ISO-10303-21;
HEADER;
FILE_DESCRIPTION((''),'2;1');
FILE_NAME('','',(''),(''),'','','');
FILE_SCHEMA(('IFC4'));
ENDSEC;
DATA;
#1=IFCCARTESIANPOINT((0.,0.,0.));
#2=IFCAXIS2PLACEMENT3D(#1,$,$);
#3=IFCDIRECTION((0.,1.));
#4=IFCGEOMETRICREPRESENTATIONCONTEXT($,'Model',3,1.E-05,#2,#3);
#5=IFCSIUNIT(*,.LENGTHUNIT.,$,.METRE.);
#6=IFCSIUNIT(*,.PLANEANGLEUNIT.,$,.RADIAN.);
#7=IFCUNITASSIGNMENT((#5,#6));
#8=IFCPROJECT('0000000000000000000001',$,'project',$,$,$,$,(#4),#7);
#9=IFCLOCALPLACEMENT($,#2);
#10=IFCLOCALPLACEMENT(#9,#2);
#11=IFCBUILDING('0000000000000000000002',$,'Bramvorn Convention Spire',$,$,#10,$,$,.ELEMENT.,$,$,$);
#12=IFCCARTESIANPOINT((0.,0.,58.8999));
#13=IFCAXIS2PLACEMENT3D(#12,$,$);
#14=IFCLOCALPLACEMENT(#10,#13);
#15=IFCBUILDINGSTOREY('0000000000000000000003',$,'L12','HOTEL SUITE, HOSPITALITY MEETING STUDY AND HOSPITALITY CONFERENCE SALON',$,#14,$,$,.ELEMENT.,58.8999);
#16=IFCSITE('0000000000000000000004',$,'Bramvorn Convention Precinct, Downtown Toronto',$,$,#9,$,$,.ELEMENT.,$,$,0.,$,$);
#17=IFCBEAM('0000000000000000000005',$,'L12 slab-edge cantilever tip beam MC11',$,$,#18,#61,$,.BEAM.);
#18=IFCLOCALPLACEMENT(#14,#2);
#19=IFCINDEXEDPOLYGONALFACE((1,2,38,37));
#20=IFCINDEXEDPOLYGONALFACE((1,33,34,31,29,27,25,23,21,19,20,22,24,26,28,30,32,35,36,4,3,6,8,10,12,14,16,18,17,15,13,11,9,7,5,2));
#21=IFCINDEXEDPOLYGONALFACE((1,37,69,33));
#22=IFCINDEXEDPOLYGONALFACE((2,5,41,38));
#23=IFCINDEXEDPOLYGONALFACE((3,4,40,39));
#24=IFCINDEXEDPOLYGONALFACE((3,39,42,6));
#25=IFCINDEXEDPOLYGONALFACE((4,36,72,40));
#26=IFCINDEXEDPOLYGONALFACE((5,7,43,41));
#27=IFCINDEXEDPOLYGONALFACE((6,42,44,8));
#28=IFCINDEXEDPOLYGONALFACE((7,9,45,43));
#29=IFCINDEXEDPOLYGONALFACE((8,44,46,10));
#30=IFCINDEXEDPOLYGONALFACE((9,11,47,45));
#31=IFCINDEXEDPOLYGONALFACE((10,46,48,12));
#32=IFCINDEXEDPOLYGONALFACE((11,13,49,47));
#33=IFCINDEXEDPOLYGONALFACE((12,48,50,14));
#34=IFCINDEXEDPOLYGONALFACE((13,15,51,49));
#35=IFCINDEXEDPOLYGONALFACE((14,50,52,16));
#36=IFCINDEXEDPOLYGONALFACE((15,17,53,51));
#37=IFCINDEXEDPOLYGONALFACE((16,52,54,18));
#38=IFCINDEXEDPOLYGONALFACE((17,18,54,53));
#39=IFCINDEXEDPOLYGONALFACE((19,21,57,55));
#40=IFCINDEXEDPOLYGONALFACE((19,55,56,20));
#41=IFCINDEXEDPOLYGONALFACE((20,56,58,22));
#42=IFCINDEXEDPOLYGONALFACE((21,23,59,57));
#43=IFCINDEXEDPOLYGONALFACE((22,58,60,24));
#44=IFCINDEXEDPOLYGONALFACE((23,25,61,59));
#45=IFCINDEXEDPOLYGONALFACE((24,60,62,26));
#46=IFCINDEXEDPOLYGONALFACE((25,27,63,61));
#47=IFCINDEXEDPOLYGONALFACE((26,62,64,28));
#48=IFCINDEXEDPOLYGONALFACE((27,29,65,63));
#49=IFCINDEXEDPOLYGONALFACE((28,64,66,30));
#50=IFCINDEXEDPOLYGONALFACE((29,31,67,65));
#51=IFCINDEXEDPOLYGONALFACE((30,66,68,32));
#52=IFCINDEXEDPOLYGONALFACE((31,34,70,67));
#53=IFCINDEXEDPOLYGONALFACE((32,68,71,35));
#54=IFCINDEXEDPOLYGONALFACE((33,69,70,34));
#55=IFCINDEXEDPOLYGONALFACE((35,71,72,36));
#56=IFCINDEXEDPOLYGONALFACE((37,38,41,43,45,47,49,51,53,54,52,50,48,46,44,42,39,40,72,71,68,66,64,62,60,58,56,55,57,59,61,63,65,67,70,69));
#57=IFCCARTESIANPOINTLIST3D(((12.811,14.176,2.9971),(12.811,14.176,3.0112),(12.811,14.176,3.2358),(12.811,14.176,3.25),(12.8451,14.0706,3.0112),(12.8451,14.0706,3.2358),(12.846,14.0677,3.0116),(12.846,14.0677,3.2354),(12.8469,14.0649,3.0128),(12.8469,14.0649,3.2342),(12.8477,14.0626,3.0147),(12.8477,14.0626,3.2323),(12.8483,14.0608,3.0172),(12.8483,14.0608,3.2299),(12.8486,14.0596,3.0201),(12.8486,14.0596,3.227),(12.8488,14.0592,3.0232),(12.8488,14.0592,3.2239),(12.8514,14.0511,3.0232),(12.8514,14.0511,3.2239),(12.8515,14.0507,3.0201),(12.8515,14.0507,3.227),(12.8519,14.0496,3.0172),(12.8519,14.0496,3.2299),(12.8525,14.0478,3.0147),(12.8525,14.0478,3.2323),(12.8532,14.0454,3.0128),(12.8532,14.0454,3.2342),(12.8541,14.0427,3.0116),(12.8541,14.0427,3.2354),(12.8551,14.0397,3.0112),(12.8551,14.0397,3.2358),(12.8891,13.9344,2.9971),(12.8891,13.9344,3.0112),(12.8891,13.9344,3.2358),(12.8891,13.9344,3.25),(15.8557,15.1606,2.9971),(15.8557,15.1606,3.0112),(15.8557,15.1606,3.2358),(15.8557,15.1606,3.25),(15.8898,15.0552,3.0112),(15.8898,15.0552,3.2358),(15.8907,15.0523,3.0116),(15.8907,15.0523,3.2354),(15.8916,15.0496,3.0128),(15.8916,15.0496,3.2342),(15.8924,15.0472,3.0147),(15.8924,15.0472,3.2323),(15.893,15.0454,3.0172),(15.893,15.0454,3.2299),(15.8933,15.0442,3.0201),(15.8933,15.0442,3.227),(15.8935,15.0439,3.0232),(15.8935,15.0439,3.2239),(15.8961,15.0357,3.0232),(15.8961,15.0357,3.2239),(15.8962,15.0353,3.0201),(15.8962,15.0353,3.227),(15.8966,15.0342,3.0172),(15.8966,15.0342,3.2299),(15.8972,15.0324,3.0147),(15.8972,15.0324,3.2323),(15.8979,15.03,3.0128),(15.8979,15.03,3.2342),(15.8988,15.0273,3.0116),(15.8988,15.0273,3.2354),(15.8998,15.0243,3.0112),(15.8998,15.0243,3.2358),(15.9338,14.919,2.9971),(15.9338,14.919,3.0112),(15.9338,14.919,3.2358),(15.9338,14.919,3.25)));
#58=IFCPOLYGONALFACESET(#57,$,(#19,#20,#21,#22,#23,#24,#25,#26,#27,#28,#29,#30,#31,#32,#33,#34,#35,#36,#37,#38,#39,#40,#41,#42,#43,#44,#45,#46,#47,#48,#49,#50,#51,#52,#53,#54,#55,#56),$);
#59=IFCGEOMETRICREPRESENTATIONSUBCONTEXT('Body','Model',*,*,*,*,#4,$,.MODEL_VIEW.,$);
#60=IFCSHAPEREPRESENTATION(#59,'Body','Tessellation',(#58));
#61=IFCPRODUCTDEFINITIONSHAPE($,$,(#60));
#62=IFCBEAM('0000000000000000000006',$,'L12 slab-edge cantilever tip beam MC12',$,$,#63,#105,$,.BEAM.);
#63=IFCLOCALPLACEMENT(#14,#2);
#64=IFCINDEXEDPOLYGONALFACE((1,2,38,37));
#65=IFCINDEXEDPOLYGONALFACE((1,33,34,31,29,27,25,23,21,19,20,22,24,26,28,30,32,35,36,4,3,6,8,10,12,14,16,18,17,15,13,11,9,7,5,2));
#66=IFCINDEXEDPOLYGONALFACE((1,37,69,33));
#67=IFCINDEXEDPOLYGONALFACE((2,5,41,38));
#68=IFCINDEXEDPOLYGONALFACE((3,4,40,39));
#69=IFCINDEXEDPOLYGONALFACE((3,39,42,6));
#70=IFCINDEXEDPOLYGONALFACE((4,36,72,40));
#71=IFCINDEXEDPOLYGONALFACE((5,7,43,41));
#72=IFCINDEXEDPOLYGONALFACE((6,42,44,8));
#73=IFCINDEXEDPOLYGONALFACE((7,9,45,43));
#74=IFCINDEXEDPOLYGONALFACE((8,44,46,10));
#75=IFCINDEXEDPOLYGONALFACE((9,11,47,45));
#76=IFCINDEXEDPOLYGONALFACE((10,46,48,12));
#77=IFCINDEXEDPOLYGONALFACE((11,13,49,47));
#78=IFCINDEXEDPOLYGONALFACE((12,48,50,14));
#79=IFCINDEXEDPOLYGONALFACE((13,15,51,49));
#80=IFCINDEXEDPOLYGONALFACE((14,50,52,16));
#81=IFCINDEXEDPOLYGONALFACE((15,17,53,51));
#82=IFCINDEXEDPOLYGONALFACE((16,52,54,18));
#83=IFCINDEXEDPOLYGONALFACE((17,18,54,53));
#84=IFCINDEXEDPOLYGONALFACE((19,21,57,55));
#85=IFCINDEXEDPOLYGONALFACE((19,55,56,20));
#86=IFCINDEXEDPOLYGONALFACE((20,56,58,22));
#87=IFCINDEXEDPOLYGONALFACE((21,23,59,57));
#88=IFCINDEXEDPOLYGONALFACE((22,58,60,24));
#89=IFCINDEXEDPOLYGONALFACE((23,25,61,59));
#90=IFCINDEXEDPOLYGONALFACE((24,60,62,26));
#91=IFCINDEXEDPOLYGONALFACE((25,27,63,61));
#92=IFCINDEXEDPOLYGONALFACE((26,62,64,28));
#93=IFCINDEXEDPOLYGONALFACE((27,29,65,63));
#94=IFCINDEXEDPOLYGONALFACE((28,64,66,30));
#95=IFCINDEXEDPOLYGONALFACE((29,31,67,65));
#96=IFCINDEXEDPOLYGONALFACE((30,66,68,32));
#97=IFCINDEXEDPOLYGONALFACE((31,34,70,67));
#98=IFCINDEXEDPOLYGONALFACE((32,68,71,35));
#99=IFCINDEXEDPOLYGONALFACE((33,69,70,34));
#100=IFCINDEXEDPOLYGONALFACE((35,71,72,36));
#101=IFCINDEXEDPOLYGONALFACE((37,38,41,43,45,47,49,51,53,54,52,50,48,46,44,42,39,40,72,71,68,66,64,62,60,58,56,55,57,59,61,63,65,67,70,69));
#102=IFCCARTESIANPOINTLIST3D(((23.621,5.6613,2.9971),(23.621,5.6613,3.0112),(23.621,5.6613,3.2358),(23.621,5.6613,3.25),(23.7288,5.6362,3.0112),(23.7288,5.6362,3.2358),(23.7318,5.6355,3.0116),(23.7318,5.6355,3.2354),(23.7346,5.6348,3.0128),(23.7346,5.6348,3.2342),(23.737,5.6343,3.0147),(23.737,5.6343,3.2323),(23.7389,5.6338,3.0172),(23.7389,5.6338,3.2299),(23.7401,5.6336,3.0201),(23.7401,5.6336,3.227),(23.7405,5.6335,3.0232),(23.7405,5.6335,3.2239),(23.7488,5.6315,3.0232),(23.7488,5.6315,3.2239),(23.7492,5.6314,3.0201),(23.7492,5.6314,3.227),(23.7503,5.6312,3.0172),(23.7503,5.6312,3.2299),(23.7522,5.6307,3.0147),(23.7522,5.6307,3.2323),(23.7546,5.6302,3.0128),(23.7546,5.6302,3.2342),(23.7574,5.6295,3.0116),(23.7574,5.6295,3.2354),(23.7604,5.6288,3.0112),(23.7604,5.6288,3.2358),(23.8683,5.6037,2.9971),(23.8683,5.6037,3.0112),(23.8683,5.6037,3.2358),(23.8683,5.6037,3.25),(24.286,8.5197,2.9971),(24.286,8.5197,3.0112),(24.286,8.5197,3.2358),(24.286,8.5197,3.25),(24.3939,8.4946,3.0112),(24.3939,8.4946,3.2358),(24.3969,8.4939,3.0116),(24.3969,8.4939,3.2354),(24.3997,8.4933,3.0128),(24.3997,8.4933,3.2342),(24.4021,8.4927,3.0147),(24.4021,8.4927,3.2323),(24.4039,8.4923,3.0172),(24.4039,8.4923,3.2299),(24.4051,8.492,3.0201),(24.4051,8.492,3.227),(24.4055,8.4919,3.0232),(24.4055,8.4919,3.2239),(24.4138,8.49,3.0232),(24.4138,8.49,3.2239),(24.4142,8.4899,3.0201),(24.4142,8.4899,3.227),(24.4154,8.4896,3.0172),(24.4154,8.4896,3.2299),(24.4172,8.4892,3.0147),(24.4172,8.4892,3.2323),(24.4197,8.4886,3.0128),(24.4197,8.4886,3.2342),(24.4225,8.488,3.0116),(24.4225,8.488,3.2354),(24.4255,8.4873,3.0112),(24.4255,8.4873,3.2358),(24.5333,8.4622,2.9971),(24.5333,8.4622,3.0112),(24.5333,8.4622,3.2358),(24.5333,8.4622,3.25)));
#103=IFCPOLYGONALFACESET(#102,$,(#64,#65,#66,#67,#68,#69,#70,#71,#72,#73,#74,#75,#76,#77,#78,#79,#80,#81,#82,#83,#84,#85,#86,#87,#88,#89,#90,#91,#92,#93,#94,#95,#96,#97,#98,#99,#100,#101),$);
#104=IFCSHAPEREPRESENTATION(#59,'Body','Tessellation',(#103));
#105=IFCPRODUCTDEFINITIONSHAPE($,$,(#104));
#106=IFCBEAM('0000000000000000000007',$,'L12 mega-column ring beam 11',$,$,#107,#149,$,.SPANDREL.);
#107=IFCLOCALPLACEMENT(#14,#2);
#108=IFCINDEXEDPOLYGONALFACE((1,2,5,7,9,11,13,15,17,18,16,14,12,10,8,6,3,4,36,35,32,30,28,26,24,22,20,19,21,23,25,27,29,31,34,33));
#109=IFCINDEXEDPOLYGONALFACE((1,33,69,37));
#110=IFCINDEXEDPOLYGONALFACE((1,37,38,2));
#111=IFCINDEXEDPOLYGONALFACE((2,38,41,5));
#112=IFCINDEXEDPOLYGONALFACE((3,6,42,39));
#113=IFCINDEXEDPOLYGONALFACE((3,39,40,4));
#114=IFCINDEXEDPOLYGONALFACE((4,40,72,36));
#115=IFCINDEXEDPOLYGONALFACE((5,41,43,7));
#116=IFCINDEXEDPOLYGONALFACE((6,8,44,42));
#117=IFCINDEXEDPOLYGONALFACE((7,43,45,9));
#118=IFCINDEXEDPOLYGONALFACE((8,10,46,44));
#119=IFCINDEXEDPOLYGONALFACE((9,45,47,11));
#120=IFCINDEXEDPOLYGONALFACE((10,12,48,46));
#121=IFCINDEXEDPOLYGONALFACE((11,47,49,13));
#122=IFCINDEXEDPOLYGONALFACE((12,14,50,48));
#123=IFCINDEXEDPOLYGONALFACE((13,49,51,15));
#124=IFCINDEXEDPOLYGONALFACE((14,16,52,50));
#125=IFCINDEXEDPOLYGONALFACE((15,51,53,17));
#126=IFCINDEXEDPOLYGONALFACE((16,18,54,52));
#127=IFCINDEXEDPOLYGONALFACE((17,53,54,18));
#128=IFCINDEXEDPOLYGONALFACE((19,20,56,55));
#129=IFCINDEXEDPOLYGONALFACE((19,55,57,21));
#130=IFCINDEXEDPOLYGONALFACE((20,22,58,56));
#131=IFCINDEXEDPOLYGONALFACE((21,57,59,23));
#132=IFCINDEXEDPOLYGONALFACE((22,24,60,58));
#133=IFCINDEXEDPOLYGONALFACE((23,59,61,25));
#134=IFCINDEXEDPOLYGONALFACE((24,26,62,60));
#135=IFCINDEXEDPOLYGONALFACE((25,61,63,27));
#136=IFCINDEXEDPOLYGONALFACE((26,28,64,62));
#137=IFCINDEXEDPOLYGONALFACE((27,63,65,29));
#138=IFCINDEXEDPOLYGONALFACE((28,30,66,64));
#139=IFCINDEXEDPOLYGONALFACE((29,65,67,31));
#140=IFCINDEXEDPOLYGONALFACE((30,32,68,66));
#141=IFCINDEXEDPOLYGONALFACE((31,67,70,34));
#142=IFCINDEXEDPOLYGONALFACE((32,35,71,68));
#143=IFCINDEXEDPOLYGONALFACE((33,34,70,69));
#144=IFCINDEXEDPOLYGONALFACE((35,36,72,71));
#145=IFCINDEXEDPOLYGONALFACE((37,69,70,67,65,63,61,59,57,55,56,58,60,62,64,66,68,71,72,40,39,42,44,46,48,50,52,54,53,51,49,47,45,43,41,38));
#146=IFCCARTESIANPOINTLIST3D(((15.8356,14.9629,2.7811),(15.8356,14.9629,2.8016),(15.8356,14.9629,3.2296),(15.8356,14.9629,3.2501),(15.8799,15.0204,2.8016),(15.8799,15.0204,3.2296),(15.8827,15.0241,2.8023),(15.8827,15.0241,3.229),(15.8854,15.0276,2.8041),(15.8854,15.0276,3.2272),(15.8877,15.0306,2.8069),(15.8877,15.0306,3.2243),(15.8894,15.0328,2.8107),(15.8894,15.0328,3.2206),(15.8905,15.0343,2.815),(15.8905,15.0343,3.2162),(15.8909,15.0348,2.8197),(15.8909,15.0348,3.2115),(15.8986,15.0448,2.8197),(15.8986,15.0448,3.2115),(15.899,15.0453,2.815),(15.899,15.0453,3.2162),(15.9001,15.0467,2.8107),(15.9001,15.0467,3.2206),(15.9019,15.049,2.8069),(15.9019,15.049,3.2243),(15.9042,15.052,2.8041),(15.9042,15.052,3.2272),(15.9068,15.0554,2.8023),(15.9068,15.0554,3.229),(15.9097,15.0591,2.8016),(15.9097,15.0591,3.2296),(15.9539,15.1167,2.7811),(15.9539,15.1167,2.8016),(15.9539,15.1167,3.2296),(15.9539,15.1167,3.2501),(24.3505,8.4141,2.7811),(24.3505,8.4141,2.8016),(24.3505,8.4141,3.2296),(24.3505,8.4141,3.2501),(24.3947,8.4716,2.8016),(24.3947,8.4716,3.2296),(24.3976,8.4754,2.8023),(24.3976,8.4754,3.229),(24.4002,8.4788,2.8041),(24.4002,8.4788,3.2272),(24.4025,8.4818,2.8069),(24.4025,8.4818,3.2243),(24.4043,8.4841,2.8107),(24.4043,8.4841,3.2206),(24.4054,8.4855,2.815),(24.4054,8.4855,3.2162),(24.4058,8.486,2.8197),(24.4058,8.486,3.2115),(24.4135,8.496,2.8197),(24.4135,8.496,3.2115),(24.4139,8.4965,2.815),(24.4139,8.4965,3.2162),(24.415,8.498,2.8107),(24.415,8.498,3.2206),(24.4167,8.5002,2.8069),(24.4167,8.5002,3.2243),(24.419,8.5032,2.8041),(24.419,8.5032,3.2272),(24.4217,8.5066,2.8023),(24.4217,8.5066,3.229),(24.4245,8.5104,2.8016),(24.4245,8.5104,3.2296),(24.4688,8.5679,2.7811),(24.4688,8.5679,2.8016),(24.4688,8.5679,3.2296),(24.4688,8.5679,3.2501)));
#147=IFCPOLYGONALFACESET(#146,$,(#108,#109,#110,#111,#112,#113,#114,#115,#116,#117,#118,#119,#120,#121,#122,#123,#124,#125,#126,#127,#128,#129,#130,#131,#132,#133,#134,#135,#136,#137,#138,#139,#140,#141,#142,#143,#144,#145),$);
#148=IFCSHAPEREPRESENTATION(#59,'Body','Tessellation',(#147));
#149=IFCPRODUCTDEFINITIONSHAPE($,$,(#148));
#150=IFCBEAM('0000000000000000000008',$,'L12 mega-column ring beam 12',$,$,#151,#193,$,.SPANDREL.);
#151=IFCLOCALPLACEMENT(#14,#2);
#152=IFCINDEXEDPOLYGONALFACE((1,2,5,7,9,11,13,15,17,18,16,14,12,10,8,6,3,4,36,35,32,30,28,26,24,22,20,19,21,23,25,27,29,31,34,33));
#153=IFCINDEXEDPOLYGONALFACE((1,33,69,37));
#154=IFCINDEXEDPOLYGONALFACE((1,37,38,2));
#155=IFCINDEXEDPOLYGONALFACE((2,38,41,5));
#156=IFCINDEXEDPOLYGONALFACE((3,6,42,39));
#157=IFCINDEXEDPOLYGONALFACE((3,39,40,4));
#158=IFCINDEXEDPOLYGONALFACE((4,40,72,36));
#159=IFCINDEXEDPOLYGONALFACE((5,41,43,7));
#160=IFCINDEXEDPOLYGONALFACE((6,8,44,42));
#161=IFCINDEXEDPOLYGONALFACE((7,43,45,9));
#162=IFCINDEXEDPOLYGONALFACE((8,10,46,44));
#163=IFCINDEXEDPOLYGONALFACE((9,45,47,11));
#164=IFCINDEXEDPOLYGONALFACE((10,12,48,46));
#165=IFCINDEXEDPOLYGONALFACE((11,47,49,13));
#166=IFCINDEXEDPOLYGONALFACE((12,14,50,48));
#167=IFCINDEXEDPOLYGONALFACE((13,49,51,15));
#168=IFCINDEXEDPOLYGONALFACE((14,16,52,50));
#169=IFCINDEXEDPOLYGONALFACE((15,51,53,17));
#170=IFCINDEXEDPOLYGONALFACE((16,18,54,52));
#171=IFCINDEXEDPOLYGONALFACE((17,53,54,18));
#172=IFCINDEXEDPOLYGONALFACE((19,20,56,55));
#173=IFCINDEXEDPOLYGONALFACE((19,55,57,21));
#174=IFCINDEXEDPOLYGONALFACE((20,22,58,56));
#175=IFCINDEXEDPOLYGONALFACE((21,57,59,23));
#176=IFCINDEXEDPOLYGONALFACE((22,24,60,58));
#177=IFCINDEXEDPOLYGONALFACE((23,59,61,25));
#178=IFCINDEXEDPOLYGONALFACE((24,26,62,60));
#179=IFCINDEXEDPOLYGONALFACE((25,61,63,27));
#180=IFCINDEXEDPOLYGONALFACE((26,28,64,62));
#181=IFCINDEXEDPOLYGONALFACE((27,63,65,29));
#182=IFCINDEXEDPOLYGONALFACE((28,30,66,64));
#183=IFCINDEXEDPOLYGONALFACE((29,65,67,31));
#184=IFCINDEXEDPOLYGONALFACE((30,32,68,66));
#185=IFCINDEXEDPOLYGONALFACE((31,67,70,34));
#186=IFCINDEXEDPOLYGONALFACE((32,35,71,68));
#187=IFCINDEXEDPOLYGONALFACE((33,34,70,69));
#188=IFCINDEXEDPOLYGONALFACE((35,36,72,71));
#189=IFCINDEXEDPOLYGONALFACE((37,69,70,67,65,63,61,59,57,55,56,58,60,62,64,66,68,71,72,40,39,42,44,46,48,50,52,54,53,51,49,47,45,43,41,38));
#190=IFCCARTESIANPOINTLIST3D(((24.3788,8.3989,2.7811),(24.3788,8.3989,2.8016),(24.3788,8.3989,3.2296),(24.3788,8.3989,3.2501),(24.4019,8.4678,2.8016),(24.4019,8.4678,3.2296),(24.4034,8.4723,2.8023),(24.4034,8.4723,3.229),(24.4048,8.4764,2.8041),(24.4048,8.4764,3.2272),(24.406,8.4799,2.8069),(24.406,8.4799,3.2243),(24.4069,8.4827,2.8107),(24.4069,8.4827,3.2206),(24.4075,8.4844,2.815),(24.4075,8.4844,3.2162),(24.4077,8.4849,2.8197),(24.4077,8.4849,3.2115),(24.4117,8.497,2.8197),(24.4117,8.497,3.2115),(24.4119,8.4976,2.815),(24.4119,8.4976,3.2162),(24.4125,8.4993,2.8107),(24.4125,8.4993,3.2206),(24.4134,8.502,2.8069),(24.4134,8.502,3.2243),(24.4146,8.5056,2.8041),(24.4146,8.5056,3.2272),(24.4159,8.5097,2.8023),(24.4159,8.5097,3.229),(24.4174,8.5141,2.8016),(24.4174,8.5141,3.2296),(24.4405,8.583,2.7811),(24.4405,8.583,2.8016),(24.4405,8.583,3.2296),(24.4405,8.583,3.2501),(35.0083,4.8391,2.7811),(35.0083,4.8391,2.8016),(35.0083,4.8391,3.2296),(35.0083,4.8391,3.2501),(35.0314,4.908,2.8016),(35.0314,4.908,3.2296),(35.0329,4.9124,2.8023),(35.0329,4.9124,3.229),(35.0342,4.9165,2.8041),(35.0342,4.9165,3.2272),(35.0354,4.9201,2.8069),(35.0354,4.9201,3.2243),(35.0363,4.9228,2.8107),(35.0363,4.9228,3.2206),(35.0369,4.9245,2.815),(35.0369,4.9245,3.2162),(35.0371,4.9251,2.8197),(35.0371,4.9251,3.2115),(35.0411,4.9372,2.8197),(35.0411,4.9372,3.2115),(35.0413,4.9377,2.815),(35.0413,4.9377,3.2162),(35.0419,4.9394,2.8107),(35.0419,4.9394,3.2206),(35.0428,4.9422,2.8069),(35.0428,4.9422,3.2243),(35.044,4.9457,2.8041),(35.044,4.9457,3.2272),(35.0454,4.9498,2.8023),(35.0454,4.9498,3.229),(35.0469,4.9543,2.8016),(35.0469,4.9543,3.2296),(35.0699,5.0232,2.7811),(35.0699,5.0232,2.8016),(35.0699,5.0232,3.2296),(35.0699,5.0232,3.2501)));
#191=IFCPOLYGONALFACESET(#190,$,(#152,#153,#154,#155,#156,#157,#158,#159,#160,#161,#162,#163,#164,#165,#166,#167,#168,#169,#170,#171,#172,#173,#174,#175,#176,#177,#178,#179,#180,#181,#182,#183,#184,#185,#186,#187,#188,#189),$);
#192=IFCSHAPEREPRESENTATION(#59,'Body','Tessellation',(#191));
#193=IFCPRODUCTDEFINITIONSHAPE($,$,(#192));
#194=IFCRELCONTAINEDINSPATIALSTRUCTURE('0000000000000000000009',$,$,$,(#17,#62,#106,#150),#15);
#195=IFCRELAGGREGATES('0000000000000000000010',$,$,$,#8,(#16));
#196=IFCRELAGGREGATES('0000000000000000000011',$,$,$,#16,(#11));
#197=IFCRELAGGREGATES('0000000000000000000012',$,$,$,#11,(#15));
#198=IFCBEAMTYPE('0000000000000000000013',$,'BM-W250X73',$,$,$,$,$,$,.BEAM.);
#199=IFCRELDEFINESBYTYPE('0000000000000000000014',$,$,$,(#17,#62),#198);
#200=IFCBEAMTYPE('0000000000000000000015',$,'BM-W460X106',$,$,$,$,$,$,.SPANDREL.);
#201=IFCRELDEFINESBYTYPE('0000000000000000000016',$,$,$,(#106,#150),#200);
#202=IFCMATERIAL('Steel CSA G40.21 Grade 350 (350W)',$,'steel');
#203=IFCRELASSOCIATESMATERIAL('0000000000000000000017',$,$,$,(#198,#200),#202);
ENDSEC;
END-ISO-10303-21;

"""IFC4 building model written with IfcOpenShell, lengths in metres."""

from ifc_helpers import new_model, si_unit, direction, frame, origin, origin_2d, place, context, subcontext, project, spatial, i_section, extrude, material, material_profile, profile_set, type_object, element, save


model = new_model("IFC4")

# Units and contexts
model_context = context("Model", 3, precision=1e-05, world=origin(), true_north=direction((0.0, 1.0)))
body_context = subcontext(model_context, "Body", "Model", "MODEL_VIEW")
ifc_project = project(units=[si_unit("LENGTHUNIT", "METRE"), si_unit("PLANEANGLEUNIT", "RADIAN")], contexts=[model_context])

# Site, building, storey
site_placement = place(None, origin())
site = spatial("IfcSite", under=ifc_project, at=site_placement, Name="Bramvorn Convention Precinct, Downtown Toronto", CompositionType="ELEMENT", RefElevation=0.0)
building_placement = place(site_placement, origin())
building = spatial("IfcBuilding", under=site, at=building_placement, Name="Bramvorn Convention Spire", CompositionType="ELEMENT")
storey_placement = place(building_placement, frame((0.0, 0.0, 58.8999)))
storey = spatial("IfcBuildingStorey", under=building, at=storey_placement, Name="L12", Description="HOTEL SUITE, HOSPITALITY MEETING STUDY AND HOSPITALITY CONFERENCE SALON", CompositionType="ELEMENT", Elevation=58.8999)

# Shared definitions
ifc_material_1 = material(Name="Steel CSA G40.21 Grade 350 (350W)", Category="steel")

# Beams
ifc_material_profile_1 = material_profile(ifc_material_1, i_section(OverallWidth=0.2539, OverallDepth=0.2529, WebThickness=0.0085, FlangeThickness=0.0142, FilletRadius=0.012, at=origin_2d()))
ifc_profile_set_1 = profile_set([ifc_material_profile_1], Name="Steel CSA G40.21 Grade 350 (350W) - W250X73")
beam_type_1 = type_object("IfcBeamType", Name="BM-W250X73", PredefinedType="BEAM", material=ifc_profile_set_1)
beam_1_placement = place(storey_placement, frame((15.8948, 15.0398, 3.1235), z_axis=(-0.951483, -0.3077, 0.0), x_axis=(0.3077, -0.951483, 0.0)))
element("IfcBeam", 1, at=beam_1_placement, inside=storey, type_object=beam_type_1, Name="L12 slab-edge cantilever tip beam MC11", PredefinedType="BEAM", context=body_context, shape_type="SweptSolid", body=[
    extrude(i_section(OverallWidth=0.2539, OverallDepth=0.2529, WebThickness=0.0085, FlangeThickness=0.0142, FilletRadius=0.012, at=origin_2d()), origin(), (0.0, 0.0, 1.0), 3.2),
])
beam_2_placement = place(storey_placement, frame((24.4097, 8.491, 3.1235), z_axis=(-0.226609, -0.973986, 0.0), x_axis=(0.973986, -0.226609, 0.0)))
element("IfcBeam", 2, at=beam_2_placement, inside=storey, type_object=beam_type_1, Name="L12 slab-edge cantilever tip beam MC12", PredefinedType="BEAM", context=body_context, shape_type="SweptSolid", body=[
    extrude(i_section(OverallWidth=0.2539, OverallDepth=0.2529, WebThickness=0.0085, FlangeThickness=0.0142, FilletRadius=0.012, at=origin_2d()), origin(), (0.0, 0.0, 1.0), 2.9348),
])
ifc_material_profile_2 = material_profile(ifc_material_1, i_section(OverallWidth=0.1941, OverallDepth=0.469, WebThickness=0.0127, FlangeThickness=0.0205, FilletRadius=0.0181, at=origin_2d()))
ifc_profile_set_2 = profile_set([ifc_material_profile_2], Name="Steel CSA G40.21 Grade 350 (350W) - W460X106")
beam_type_2 = type_object("IfcBeamType", Name="BM-W460X106", PredefinedType="SPANDREL", material=ifc_profile_set_2)
beam_3_placement = place(storey_placement, frame((15.8948, 15.0398, 3.0156), z_axis=(0.792673, -0.609647, 0.0), x_axis=(0.609647, 0.792673, 0.0)))
element("IfcBeam", 3, at=beam_3_placement, inside=storey, type_object=beam_type_2, Name="L12 mega-column ring beam 11", PredefinedType="SPANDREL", context=body_context, shape_type="SweptSolid", body=[
    extrude(i_section(OverallWidth=0.1941, OverallDepth=0.469, WebThickness=0.0127, FlangeThickness=0.0205, FilletRadius=0.0181, at=origin_2d()), origin(), (0.0, 0.0, 1.0), 10.7419),
])
beam_4_placement = place(storey_placement, frame((24.4097, 8.491, 3.0156), z_axis=(0.948236, -0.317567, 0.0), x_axis=(0.317567, 0.948236, 0.0)))
element("IfcBeam", 4, at=beam_4_placement, inside=storey, type_object=beam_type_2, Name="L12 mega-column ring beam 12", PredefinedType="SPANDREL", context=body_context, shape_type="SweptSolid", body=[
    extrude(i_section(OverallWidth=0.1941, OverallDepth=0.469, WebThickness=0.0127, FlangeThickness=0.0205, FilletRadius=0.0181, at=origin_2d()), origin(), (0.0, 0.0, 1.0), 11.2097),
])

save(model, "model.ifc")
